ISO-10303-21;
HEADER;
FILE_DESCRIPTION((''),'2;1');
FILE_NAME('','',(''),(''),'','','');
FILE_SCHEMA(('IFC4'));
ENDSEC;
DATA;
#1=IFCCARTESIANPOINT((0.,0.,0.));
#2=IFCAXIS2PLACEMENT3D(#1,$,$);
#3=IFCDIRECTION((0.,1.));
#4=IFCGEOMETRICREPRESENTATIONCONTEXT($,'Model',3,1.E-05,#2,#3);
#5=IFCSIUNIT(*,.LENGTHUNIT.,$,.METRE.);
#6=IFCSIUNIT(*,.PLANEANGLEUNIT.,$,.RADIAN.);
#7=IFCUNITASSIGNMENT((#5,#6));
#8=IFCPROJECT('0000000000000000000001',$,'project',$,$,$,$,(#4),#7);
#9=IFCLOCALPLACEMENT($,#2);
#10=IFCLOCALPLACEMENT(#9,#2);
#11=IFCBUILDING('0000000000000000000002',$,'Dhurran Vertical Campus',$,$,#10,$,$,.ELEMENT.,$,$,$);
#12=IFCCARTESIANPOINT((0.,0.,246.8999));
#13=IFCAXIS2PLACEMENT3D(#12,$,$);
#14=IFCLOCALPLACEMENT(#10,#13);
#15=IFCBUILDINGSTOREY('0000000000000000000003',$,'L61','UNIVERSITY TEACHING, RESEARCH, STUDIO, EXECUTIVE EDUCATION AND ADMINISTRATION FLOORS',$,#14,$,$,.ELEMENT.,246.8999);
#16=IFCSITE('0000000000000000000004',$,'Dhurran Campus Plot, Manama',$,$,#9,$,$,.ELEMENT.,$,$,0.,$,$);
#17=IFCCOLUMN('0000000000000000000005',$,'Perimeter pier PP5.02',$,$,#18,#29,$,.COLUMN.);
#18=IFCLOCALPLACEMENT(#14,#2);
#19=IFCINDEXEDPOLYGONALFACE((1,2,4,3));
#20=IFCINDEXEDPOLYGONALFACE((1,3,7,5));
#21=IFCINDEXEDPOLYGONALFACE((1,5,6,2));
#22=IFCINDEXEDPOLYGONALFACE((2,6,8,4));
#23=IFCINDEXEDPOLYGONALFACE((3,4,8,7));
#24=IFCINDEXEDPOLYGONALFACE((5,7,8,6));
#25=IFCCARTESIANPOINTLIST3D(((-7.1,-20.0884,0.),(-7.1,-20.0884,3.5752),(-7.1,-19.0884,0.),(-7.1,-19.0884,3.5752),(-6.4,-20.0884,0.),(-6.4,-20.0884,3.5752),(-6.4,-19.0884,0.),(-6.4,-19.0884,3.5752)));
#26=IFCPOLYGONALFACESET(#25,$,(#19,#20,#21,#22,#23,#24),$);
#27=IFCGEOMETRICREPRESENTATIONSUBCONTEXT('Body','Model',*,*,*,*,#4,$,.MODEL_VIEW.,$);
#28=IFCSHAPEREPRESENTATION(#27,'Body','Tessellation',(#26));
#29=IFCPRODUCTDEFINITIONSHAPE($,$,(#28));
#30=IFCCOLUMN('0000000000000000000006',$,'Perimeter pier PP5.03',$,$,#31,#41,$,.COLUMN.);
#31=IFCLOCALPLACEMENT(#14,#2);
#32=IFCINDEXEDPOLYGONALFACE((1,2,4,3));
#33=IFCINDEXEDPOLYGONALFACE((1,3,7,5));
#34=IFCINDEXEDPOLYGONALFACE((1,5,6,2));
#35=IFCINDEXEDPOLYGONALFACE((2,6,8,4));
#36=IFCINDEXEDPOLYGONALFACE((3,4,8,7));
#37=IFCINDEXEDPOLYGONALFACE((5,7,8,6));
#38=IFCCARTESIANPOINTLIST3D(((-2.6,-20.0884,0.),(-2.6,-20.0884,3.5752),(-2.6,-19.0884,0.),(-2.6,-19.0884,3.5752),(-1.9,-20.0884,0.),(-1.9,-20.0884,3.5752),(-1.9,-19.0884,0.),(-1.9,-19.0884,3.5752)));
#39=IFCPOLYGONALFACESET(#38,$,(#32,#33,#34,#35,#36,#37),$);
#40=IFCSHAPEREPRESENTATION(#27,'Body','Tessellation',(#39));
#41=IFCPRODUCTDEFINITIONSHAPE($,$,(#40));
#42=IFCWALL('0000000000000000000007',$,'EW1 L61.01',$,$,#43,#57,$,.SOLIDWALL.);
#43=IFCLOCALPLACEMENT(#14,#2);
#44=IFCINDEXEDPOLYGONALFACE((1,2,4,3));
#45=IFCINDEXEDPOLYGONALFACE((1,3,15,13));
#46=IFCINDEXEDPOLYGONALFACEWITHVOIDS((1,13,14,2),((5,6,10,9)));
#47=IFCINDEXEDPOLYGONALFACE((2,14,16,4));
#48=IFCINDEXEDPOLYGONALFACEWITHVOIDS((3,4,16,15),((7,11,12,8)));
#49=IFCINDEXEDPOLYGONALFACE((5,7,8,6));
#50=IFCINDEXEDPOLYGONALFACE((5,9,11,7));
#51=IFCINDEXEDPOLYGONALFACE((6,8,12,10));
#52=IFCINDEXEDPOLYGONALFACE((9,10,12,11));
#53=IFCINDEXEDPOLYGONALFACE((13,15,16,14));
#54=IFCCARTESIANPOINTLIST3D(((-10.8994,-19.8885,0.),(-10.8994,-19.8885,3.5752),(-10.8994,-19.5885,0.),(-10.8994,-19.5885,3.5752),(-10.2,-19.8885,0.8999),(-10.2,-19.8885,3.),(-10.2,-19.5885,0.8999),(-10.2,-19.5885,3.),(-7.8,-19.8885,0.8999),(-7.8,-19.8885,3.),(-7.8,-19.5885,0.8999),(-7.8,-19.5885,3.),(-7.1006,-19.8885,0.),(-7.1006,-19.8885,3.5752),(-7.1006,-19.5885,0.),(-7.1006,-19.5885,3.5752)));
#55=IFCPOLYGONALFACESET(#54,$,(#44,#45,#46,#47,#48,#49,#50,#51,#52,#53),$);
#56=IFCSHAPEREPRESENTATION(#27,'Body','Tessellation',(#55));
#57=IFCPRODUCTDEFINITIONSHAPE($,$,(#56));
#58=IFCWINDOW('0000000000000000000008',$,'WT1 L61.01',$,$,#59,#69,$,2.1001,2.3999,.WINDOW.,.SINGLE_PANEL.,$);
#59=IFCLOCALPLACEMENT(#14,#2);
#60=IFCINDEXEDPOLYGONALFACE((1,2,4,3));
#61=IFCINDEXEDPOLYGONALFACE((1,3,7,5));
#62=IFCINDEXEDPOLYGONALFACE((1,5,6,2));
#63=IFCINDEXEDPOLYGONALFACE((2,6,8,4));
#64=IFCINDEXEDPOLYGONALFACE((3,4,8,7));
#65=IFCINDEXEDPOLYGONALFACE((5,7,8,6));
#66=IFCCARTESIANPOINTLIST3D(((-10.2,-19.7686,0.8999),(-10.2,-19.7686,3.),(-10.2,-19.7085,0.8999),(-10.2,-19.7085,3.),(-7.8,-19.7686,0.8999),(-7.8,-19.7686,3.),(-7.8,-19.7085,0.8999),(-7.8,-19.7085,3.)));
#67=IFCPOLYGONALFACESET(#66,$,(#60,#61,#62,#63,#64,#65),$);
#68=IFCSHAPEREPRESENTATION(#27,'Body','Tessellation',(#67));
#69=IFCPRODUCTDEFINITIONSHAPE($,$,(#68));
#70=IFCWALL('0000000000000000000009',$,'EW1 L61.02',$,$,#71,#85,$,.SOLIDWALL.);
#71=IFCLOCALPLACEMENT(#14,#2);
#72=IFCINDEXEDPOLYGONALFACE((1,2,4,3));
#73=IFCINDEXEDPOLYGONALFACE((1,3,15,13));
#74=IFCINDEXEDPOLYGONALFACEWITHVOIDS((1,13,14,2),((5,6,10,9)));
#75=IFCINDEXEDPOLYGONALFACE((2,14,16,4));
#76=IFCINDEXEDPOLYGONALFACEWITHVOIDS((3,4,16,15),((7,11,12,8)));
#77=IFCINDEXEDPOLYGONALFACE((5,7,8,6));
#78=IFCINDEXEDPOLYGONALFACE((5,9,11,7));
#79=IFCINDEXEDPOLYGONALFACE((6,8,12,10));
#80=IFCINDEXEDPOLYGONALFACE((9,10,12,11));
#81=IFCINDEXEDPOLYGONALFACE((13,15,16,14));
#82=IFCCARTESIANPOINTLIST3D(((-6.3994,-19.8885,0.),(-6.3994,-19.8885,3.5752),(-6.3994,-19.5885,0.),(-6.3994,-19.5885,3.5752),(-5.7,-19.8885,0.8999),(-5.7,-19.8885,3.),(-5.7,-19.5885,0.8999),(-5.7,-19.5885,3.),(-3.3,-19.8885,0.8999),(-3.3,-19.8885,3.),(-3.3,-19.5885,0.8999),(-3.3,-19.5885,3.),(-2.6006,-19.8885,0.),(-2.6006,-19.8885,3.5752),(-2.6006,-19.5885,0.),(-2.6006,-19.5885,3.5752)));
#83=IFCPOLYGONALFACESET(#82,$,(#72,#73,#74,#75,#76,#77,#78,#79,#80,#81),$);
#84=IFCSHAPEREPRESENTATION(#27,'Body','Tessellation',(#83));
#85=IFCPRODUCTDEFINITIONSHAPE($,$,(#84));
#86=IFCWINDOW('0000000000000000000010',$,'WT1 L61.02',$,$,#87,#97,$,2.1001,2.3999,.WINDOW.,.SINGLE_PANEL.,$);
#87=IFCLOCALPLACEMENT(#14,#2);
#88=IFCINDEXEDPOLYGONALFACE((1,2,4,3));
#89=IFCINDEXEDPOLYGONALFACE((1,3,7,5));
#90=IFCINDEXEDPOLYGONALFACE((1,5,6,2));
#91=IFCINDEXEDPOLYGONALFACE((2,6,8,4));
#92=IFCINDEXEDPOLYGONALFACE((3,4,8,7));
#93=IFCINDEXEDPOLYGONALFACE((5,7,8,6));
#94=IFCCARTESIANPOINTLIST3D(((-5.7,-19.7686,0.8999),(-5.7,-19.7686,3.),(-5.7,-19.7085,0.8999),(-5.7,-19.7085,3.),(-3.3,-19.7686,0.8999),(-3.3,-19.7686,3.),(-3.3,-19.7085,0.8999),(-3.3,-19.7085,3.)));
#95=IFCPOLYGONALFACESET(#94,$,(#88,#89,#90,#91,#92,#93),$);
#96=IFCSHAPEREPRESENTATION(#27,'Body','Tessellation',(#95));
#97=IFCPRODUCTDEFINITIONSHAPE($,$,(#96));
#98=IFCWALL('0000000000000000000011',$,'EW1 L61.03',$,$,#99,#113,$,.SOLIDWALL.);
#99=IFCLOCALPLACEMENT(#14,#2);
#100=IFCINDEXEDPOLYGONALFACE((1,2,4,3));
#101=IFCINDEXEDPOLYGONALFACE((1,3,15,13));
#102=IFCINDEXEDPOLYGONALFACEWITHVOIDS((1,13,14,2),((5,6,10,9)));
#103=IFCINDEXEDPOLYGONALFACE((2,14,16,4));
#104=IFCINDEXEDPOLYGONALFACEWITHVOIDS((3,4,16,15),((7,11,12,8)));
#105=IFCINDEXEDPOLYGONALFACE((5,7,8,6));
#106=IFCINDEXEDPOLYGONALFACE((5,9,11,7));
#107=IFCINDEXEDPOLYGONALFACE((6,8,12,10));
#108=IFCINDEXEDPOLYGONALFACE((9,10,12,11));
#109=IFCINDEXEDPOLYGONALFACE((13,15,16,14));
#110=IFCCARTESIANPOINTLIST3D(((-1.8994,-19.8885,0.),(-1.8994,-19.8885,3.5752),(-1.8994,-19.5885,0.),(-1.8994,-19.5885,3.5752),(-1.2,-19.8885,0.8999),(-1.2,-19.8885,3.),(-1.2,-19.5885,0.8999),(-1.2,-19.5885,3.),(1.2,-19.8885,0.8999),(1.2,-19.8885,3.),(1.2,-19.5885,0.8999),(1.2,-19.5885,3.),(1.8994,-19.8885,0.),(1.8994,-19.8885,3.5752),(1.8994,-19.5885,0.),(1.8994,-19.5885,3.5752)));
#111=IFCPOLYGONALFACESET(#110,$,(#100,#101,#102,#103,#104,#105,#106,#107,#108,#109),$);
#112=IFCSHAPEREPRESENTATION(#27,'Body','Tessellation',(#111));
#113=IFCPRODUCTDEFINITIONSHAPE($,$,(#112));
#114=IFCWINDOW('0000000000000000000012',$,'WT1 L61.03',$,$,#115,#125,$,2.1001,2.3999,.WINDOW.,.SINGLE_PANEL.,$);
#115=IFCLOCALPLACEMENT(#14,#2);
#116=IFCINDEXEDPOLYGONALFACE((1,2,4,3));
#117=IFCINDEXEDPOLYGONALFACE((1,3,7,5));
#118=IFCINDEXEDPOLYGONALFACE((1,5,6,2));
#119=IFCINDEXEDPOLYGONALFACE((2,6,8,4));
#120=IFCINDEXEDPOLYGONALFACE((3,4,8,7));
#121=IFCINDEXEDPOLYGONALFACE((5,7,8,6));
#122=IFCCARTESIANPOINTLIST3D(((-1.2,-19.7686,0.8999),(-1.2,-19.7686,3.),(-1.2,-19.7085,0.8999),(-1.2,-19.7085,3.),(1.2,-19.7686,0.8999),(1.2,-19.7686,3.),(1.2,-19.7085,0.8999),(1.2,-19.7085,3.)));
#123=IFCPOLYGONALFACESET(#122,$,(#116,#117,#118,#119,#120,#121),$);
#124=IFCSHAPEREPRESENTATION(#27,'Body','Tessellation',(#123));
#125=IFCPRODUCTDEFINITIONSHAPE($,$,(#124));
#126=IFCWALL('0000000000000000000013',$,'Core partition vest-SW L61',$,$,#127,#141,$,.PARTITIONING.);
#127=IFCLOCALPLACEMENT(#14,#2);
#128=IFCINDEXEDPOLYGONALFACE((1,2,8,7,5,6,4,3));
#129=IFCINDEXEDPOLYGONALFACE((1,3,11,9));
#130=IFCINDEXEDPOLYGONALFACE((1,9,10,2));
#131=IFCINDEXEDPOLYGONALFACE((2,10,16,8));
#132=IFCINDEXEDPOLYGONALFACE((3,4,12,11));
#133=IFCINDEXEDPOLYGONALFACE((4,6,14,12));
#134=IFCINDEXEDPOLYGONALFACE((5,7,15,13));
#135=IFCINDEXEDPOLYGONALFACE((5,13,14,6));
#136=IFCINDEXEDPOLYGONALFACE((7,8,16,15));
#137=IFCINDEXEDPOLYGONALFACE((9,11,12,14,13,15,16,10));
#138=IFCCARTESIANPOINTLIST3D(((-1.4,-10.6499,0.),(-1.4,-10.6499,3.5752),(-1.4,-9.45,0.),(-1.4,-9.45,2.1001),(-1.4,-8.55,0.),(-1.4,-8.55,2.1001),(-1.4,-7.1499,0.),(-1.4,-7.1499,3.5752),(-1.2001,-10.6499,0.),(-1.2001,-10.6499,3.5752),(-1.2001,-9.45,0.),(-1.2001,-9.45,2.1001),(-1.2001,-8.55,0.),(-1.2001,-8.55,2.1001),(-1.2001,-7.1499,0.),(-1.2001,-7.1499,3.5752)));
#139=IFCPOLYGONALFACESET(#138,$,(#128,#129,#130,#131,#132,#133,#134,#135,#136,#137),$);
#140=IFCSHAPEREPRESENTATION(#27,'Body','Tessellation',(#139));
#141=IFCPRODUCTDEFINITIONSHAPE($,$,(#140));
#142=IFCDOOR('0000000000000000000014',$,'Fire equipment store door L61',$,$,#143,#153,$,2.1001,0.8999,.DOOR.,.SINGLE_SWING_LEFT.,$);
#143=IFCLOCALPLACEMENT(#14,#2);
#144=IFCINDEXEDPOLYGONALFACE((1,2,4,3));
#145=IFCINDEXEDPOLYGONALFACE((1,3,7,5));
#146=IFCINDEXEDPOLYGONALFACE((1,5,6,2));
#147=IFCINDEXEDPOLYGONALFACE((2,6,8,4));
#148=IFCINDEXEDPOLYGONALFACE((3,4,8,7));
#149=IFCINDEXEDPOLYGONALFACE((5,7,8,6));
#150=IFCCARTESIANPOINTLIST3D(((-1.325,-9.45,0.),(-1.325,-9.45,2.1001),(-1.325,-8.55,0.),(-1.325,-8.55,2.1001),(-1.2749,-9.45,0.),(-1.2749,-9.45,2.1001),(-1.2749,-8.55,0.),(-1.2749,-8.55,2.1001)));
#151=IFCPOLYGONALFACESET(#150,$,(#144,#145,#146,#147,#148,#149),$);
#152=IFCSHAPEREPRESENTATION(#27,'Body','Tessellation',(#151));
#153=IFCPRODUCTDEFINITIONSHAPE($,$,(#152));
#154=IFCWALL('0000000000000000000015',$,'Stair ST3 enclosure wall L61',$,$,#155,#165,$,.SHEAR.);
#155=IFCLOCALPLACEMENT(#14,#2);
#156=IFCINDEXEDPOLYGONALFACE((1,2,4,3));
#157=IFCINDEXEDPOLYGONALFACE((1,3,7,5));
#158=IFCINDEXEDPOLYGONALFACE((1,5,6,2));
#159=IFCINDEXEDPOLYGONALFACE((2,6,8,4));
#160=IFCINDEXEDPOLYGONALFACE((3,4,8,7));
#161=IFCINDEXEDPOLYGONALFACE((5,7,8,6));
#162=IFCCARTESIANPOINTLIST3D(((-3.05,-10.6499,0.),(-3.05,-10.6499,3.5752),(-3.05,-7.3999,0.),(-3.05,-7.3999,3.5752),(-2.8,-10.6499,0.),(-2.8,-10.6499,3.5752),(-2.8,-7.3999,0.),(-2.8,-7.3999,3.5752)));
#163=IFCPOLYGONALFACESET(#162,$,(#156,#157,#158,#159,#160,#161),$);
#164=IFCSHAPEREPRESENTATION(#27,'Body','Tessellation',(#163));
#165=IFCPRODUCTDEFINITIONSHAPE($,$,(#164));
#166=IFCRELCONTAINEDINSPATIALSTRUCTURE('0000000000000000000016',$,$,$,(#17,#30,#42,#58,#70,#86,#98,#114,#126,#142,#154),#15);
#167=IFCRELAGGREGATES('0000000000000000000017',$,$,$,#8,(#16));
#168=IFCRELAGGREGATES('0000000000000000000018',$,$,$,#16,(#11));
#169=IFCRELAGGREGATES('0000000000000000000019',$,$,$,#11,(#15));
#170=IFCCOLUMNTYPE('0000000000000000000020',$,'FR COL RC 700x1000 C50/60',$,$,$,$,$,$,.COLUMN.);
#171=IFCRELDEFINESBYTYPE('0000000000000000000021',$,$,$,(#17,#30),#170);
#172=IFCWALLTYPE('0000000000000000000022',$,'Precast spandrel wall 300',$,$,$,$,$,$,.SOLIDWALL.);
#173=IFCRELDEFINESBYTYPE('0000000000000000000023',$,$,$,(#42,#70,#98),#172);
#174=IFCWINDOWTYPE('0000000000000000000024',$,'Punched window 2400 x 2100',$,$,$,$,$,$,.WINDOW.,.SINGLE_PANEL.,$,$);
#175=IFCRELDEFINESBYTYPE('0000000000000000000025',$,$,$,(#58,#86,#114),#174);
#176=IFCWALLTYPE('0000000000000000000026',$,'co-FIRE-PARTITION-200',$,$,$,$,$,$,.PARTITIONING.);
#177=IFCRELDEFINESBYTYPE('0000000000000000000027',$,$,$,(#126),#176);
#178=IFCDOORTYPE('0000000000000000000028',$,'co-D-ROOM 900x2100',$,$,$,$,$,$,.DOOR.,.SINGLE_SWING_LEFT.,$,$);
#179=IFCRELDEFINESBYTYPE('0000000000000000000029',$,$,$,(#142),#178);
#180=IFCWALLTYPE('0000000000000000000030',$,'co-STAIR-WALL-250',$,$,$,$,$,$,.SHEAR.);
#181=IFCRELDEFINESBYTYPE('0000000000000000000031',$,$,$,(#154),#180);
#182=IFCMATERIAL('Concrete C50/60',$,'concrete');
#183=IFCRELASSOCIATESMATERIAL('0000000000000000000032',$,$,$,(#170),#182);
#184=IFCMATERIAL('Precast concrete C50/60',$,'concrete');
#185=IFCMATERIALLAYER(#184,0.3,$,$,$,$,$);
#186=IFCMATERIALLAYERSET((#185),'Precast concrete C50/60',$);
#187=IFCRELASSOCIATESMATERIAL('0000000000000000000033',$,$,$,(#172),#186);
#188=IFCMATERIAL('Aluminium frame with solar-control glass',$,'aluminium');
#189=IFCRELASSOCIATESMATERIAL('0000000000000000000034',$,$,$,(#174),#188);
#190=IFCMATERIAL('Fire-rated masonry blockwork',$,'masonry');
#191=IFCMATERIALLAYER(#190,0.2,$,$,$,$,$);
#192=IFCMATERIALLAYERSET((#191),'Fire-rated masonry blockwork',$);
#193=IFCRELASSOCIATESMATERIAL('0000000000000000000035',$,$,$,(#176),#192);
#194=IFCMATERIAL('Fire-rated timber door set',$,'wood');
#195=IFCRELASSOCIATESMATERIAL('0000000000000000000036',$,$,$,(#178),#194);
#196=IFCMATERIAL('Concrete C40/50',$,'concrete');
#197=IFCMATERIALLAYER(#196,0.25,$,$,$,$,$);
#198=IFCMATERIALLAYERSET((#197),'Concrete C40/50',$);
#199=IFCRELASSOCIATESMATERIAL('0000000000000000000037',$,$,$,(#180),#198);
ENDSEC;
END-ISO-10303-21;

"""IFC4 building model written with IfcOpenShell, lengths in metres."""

from ifc_helpers import new_model, si_unit, direction, frame, frame_2d, origin, origin_2d, place, context, subcontext, project, spatial, rectangle, extrude, material, layer, layer_set, material_profile, profile_set, type_object, element, fill, save


model = new_model("IFC4")

# Units and contexts
model_context = context("Model", 3, precision=1e-05, world=origin(), true_north=direction((0.0, 1.0)))
body_context = subcontext(model_context, "Body", "Model", "MODEL_VIEW")
ifc_project = project(units=[si_unit("LENGTHUNIT", "METRE"), si_unit("PLANEANGLEUNIT", "RADIAN")], contexts=[model_context])

# Site, building, storey
site_placement = place(None, origin())
site = spatial("IfcSite", under=ifc_project, at=site_placement, Name="Dhurran Campus Plot, Manama", CompositionType="ELEMENT", RefElevation=0.0)
building_placement = place(site_placement, origin())
building = spatial("IfcBuilding", under=site, at=building_placement, Name="Dhurran Vertical Campus", CompositionType="ELEMENT")
storey_placement = place(building_placement, frame((0.0, 0.0, 246.8999)))
storey = spatial("IfcBuildingStorey", under=building, at=storey_placement, Name="L61", Description="UNIVERSITY TEACHING, RESEARCH, STUDIO, EXECUTIVE EDUCATION AND ADMINISTRATION FLOORS", CompositionType="ELEMENT", Elevation=246.8999)

# Columns
ifc_material_1 = material(Name="Concrete C50/60", Category="concrete")
ifc_material_profile = material_profile(ifc_material_1, rectangle(XDim=0.7, YDim=1.0, at=origin_2d()), Name="RC 700x1000")
ifc_profile_set = profile_set([ifc_material_profile], Name="Concrete C50/60")
column_type = type_object("IfcColumnType", Name="FR COL RC 700x1000 C50/60", PredefinedType="COLUMN", material=ifc_profile_set)
for number, where, z_axis, x_axis, name in (
    (1, (-6.75, -19.5884, 0.0), (0.0, 0.0, 1.0), (1.0, 0.0, 0.0), "Perimeter pier PP5.02"),
    (2, (-2.25, -19.5884, 0.0), (0.0, 0.0, 1.0), (1.0, 0.0, 0.0), "Perimeter pier PP5.03"),
):
    element("IfcColumn", number, at=place(storey_placement, frame(where, z_axis=z_axis, x_axis=x_axis)), inside=storey, type_object=column_type, Name=name, PredefinedType="COLUMN", context=body_context, shape_type="SweptSolid", body=[
        extrude(rectangle(XDim=0.7, YDim=1.0, at=origin_2d()), origin(), (0.0, 0.0, 1.0), 3.5752),
    ])

# Walls, openings, windows
ifc_material_2 = material(Name="Precast concrete C50/60", Category="concrete")
ifc_layer_1 = layer(ifc_material_2, 0.3)
ifc_layer_set_1 = layer_set([ifc_layer_1], Name="Precast concrete C50/60")
wall_type_1 = type_object("IfcWallType", Name="Precast spandrel wall 300", PredefinedType="SOLIDWALL", material=ifc_layer_set_1)
wall_1_placement = place(storey_placement, frame((-10.8994, -19.7385, 0.0), z_axis=(0.0, 0.0, 1.0), x_axis=(1.0, 0.0, 0.0)))
wall_1 = element("IfcWall", 3, at=wall_1_placement, inside=storey, type_object=wall_type_1, Name="EW1 L61.01", PredefinedType="SOLIDWALL", context=body_context, shape_type="SweptSolid", body=[
    extrude(rectangle(XDim=3.7988, YDim=0.3, at=frame_2d((1.8994, 0.0))), origin(), (0.0, 0.0, 1.0), 3.5752),
])
opening_1_placement = place(wall_1_placement, frame((0.6995, 0.0, 0.8999)))
opening_1 = element("IfcOpeningElement", 4, at=opening_1_placement, cuts=wall_1, PredefinedType="OPENING", context=body_context, shape_type="SweptSolid", body=[
    extrude(rectangle(XDim=2.3999, YDim=2.1001, at=frame_2d((1.2, 1.05))), frame((0.0, 0.1599, 0.0), z_axis=(0.0, -1.0, 0.0), x_axis=(1.0, 0.0, 0.0)), (0.0, 0.0, 1.0), 0.3201),
])
ifc_material_3 = material(Name="Aluminium frame with solar-control glass", Category="aluminium")
window_type = type_object("IfcWindowType", Name="Punched window 2400 x 2100", PartitioningType="SINGLE_PANEL", PredefinedType="WINDOW", material=ifc_material_3)
window_1_placement = place(opening_1_placement, origin())
window_1 = element("IfcWindow", 5, at=window_1_placement, inside=storey, type_object=window_type, Name="WT1 L61.01", OverallHeight=2.1001, OverallWidth=2.3999, PartitioningType="SINGLE_PANEL", PredefinedType="WINDOW", context=body_context, shape_type="SweptSolid", body=[
    extrude(rectangle(XDim=2.3999, YDim=2.1001, at=frame_2d((1.2, 1.05))), frame((0.0, 0.03, 0.0), z_axis=(0.0, -1.0, 0.0), x_axis=(1.0, 0.0, 0.0)), (0.0, 0.0, 1.0), 0.0601),
])
fill(opening_1, window_1)
wall_2_placement = place(storey_placement, frame((-6.3994, -19.7385, 0.0), z_axis=(0.0, 0.0, 1.0), x_axis=(1.0, 0.0, 0.0)))
wall_2 = element("IfcWall", 6, at=wall_2_placement, inside=storey, type_object=wall_type_1, Name="EW1 L61.02", PredefinedType="SOLIDWALL", context=body_context, shape_type="SweptSolid", body=[
    extrude(rectangle(XDim=3.7988, YDim=0.3, at=frame_2d((1.8994, 0.0))), origin(), (0.0, 0.0, 1.0), 3.5752),
])
opening_2_placement = place(wall_2_placement, frame((0.6995, 0.0, 0.8999)))
opening_2 = element("IfcOpeningElement", 7, at=opening_2_placement, cuts=wall_2, PredefinedType="OPENING", context=body_context, shape_type="SweptSolid", body=[
    extrude(rectangle(XDim=2.3999, YDim=2.1001, at=frame_2d((1.2, 1.05))), frame((0.0, 0.1599, 0.0), z_axis=(0.0, -1.0, 0.0), x_axis=(1.0, 0.0, 0.0)), (0.0, 0.0, 1.0), 0.3201),
])
window_2_placement = place(opening_2_placement, origin())
window_2 = element("IfcWindow", 8, at=window_2_placement, inside=storey, type_object=window_type, Name="WT1 L61.02", OverallHeight=2.1001, OverallWidth=2.3999, PartitioningType="SINGLE_PANEL", PredefinedType="WINDOW", context=body_context, shape_type="SweptSolid", body=[
    extrude(rectangle(XDim=2.3999, YDim=2.1001, at=frame_2d((1.2, 1.05))), frame((0.0, 0.03, 0.0), z_axis=(0.0, -1.0, 0.0), x_axis=(1.0, 0.0, 0.0)), (0.0, 0.0, 1.0), 0.0601),
])
fill(opening_2, window_2)
wall_3_placement = place(storey_placement, frame((-1.8994, -19.7385, 0.0), z_axis=(0.0, 0.0, 1.0), x_axis=(1.0, 0.0, 0.0)))
wall_3 = element("IfcWall", 9, at=wall_3_placement, inside=storey, type_object=wall_type_1, Name="EW1 L61.03", PredefinedType="SOLIDWALL", context=body_context, shape_type="SweptSolid", body=[
    extrude(rectangle(XDim=3.7988, YDim=0.3, at=frame_2d((1.8994, 0.0))), origin(), (0.0, 0.0, 1.0), 3.5752),
])
opening_3_placement = place(wall_3_placement, frame((0.6995, 0.0, 0.8999)))
opening_3 = element("IfcOpeningElement", 10, at=opening_3_placement, cuts=wall_3, PredefinedType="OPENING", context=body_context, shape_type="SweptSolid", body=[
    extrude(rectangle(XDim=2.3999, YDim=2.1001, at=frame_2d((1.2, 1.05))), frame((0.0, 0.1599, 0.0), z_axis=(0.0, -1.0, 0.0), x_axis=(1.0, 0.0, 0.0)), (0.0, 0.0, 1.0), 0.3201),
])
window_3_placement = place(opening_3_placement, origin())
window_3 = element("IfcWindow", 11, at=window_3_placement, inside=storey, type_object=window_type, Name="WT1 L61.03", OverallHeight=2.1001, OverallWidth=2.3999, PartitioningType="SINGLE_PANEL", PredefinedType="WINDOW", context=body_context, shape_type="SweptSolid", body=[
    extrude(rectangle(XDim=2.3999, YDim=2.1001, at=frame_2d((1.2, 1.05))), frame((0.0, 0.03, 0.0), z_axis=(0.0, -1.0, 0.0), x_axis=(1.0, 0.0, 0.0)), (0.0, 0.0, 1.0), 0.0601),
])
fill(opening_3, window_3)

# Wall, opening, door
ifc_material_4 = material(Name="Fire-rated masonry blockwork", Category="masonry")
ifc_layer_2 = layer(ifc_material_4, 0.2)
ifc_layer_set_2 = layer_set([ifc_layer_2], Name="Fire-rated masonry blockwork")
wall_type_2 = type_object("IfcWallType", Name="co-FIRE-PARTITION-200", PredefinedType="PARTITIONING", material=ifc_layer_set_2)
wall_4_placement = place(storey_placement, frame((-1.3, -10.6499, 0.0), z_axis=(0.0, 0.0, 1.0), x_axis=(0.0, 1.0, 0.0)))
wall_4 = element("IfcWall", 12, at=wall_4_placement, inside=storey, type_object=wall_type_2, Name="Core partition vest-SW L61", PredefinedType="PARTITIONING", context=body_context, shape_type="SweptSolid", body=[
    extrude(rectangle(XDim=3.5, YDim=0.2, at=frame_2d((1.75, 0.0))), origin(), (0.0, 0.0, 1.0), 3.5752),
])
opening_4_placement = place(wall_4_placement, frame((1.2, 0.0, 0.0)))
opening_4 = element("IfcOpeningElement", 13, at=opening_4_placement, cuts=wall_4, PredefinedType="OPENING", context=body_context, shape_type="SweptSolid", body=[
    extrude(rectangle(XDim=0.8999, YDim=2.1001, at=frame_2d((0.45, 1.05))), frame((0.0, 0.1099, 0.0), z_axis=(0.0, -1.0, 0.0), x_axis=(1.0, 0.0, 0.0)), (0.0, 0.0, 1.0), 0.22),
])
ifc_material_5 = material(Name="Fire-rated timber door set", Category="wood")
door_type_1 = type_object("IfcDoorType", Name="co-D-ROOM 900x2100", OperationType="SINGLE_SWING_LEFT", PredefinedType="DOOR", material=ifc_material_5)
door_1_placement = place(opening_4_placement, origin())
door_1 = element("IfcDoor", 14, at=door_1_placement, inside=storey, type_object=door_type_1, Name="Fire equipment store door L61", OperationType="SINGLE_SWING_LEFT", OverallHeight=2.1001, OverallWidth=0.8999, PredefinedType="DOOR", context=body_context, shape_type="SweptSolid", body=[
    extrude(rectangle(XDim=0.8999, YDim=2.1001, at=frame_2d((0.45, 1.05))), frame((0.0, 0.0249, 0.0), z_axis=(0.0, -1.0, 0.0), x_axis=(1.0, 0.0, 0.0)), (0.0, 0.0, 1.0), 0.05),
])
fill(opening_4, door_1)

# Wall
ifc_material_6 = material(Name="Concrete C40/50", Category="concrete")
ifc_layer_3 = layer(ifc_material_6, 0.25)
ifc_layer_set_3 = layer_set([ifc_layer_3], Name="Concrete C40/50")
wall_type_3 = type_object("IfcWallType", Name="co-STAIR-WALL-250", PredefinedType="SHEAR", material=ifc_layer_set_3)
wall_5_placement = place(storey_placement, frame((-2.925, -10.6499, 0.0), z_axis=(0.0, 0.0, 1.0), x_axis=(0.0, 1.0, 0.0)))
element("IfcWall", 15, at=wall_5_placement, inside=storey, type_object=wall_type_3, Name="Stair ST3 enclosure wall L61", PredefinedType="SHEAR", context=body_context, shape_type="SweptSolid", body=[
    extrude(rectangle(XDim=3.25, YDim=0.25, at=frame_2d((1.625, 0.0))), origin(), (0.0, 0.0, 1.0), 3.5752),
])

save(model, "model.ifc")
